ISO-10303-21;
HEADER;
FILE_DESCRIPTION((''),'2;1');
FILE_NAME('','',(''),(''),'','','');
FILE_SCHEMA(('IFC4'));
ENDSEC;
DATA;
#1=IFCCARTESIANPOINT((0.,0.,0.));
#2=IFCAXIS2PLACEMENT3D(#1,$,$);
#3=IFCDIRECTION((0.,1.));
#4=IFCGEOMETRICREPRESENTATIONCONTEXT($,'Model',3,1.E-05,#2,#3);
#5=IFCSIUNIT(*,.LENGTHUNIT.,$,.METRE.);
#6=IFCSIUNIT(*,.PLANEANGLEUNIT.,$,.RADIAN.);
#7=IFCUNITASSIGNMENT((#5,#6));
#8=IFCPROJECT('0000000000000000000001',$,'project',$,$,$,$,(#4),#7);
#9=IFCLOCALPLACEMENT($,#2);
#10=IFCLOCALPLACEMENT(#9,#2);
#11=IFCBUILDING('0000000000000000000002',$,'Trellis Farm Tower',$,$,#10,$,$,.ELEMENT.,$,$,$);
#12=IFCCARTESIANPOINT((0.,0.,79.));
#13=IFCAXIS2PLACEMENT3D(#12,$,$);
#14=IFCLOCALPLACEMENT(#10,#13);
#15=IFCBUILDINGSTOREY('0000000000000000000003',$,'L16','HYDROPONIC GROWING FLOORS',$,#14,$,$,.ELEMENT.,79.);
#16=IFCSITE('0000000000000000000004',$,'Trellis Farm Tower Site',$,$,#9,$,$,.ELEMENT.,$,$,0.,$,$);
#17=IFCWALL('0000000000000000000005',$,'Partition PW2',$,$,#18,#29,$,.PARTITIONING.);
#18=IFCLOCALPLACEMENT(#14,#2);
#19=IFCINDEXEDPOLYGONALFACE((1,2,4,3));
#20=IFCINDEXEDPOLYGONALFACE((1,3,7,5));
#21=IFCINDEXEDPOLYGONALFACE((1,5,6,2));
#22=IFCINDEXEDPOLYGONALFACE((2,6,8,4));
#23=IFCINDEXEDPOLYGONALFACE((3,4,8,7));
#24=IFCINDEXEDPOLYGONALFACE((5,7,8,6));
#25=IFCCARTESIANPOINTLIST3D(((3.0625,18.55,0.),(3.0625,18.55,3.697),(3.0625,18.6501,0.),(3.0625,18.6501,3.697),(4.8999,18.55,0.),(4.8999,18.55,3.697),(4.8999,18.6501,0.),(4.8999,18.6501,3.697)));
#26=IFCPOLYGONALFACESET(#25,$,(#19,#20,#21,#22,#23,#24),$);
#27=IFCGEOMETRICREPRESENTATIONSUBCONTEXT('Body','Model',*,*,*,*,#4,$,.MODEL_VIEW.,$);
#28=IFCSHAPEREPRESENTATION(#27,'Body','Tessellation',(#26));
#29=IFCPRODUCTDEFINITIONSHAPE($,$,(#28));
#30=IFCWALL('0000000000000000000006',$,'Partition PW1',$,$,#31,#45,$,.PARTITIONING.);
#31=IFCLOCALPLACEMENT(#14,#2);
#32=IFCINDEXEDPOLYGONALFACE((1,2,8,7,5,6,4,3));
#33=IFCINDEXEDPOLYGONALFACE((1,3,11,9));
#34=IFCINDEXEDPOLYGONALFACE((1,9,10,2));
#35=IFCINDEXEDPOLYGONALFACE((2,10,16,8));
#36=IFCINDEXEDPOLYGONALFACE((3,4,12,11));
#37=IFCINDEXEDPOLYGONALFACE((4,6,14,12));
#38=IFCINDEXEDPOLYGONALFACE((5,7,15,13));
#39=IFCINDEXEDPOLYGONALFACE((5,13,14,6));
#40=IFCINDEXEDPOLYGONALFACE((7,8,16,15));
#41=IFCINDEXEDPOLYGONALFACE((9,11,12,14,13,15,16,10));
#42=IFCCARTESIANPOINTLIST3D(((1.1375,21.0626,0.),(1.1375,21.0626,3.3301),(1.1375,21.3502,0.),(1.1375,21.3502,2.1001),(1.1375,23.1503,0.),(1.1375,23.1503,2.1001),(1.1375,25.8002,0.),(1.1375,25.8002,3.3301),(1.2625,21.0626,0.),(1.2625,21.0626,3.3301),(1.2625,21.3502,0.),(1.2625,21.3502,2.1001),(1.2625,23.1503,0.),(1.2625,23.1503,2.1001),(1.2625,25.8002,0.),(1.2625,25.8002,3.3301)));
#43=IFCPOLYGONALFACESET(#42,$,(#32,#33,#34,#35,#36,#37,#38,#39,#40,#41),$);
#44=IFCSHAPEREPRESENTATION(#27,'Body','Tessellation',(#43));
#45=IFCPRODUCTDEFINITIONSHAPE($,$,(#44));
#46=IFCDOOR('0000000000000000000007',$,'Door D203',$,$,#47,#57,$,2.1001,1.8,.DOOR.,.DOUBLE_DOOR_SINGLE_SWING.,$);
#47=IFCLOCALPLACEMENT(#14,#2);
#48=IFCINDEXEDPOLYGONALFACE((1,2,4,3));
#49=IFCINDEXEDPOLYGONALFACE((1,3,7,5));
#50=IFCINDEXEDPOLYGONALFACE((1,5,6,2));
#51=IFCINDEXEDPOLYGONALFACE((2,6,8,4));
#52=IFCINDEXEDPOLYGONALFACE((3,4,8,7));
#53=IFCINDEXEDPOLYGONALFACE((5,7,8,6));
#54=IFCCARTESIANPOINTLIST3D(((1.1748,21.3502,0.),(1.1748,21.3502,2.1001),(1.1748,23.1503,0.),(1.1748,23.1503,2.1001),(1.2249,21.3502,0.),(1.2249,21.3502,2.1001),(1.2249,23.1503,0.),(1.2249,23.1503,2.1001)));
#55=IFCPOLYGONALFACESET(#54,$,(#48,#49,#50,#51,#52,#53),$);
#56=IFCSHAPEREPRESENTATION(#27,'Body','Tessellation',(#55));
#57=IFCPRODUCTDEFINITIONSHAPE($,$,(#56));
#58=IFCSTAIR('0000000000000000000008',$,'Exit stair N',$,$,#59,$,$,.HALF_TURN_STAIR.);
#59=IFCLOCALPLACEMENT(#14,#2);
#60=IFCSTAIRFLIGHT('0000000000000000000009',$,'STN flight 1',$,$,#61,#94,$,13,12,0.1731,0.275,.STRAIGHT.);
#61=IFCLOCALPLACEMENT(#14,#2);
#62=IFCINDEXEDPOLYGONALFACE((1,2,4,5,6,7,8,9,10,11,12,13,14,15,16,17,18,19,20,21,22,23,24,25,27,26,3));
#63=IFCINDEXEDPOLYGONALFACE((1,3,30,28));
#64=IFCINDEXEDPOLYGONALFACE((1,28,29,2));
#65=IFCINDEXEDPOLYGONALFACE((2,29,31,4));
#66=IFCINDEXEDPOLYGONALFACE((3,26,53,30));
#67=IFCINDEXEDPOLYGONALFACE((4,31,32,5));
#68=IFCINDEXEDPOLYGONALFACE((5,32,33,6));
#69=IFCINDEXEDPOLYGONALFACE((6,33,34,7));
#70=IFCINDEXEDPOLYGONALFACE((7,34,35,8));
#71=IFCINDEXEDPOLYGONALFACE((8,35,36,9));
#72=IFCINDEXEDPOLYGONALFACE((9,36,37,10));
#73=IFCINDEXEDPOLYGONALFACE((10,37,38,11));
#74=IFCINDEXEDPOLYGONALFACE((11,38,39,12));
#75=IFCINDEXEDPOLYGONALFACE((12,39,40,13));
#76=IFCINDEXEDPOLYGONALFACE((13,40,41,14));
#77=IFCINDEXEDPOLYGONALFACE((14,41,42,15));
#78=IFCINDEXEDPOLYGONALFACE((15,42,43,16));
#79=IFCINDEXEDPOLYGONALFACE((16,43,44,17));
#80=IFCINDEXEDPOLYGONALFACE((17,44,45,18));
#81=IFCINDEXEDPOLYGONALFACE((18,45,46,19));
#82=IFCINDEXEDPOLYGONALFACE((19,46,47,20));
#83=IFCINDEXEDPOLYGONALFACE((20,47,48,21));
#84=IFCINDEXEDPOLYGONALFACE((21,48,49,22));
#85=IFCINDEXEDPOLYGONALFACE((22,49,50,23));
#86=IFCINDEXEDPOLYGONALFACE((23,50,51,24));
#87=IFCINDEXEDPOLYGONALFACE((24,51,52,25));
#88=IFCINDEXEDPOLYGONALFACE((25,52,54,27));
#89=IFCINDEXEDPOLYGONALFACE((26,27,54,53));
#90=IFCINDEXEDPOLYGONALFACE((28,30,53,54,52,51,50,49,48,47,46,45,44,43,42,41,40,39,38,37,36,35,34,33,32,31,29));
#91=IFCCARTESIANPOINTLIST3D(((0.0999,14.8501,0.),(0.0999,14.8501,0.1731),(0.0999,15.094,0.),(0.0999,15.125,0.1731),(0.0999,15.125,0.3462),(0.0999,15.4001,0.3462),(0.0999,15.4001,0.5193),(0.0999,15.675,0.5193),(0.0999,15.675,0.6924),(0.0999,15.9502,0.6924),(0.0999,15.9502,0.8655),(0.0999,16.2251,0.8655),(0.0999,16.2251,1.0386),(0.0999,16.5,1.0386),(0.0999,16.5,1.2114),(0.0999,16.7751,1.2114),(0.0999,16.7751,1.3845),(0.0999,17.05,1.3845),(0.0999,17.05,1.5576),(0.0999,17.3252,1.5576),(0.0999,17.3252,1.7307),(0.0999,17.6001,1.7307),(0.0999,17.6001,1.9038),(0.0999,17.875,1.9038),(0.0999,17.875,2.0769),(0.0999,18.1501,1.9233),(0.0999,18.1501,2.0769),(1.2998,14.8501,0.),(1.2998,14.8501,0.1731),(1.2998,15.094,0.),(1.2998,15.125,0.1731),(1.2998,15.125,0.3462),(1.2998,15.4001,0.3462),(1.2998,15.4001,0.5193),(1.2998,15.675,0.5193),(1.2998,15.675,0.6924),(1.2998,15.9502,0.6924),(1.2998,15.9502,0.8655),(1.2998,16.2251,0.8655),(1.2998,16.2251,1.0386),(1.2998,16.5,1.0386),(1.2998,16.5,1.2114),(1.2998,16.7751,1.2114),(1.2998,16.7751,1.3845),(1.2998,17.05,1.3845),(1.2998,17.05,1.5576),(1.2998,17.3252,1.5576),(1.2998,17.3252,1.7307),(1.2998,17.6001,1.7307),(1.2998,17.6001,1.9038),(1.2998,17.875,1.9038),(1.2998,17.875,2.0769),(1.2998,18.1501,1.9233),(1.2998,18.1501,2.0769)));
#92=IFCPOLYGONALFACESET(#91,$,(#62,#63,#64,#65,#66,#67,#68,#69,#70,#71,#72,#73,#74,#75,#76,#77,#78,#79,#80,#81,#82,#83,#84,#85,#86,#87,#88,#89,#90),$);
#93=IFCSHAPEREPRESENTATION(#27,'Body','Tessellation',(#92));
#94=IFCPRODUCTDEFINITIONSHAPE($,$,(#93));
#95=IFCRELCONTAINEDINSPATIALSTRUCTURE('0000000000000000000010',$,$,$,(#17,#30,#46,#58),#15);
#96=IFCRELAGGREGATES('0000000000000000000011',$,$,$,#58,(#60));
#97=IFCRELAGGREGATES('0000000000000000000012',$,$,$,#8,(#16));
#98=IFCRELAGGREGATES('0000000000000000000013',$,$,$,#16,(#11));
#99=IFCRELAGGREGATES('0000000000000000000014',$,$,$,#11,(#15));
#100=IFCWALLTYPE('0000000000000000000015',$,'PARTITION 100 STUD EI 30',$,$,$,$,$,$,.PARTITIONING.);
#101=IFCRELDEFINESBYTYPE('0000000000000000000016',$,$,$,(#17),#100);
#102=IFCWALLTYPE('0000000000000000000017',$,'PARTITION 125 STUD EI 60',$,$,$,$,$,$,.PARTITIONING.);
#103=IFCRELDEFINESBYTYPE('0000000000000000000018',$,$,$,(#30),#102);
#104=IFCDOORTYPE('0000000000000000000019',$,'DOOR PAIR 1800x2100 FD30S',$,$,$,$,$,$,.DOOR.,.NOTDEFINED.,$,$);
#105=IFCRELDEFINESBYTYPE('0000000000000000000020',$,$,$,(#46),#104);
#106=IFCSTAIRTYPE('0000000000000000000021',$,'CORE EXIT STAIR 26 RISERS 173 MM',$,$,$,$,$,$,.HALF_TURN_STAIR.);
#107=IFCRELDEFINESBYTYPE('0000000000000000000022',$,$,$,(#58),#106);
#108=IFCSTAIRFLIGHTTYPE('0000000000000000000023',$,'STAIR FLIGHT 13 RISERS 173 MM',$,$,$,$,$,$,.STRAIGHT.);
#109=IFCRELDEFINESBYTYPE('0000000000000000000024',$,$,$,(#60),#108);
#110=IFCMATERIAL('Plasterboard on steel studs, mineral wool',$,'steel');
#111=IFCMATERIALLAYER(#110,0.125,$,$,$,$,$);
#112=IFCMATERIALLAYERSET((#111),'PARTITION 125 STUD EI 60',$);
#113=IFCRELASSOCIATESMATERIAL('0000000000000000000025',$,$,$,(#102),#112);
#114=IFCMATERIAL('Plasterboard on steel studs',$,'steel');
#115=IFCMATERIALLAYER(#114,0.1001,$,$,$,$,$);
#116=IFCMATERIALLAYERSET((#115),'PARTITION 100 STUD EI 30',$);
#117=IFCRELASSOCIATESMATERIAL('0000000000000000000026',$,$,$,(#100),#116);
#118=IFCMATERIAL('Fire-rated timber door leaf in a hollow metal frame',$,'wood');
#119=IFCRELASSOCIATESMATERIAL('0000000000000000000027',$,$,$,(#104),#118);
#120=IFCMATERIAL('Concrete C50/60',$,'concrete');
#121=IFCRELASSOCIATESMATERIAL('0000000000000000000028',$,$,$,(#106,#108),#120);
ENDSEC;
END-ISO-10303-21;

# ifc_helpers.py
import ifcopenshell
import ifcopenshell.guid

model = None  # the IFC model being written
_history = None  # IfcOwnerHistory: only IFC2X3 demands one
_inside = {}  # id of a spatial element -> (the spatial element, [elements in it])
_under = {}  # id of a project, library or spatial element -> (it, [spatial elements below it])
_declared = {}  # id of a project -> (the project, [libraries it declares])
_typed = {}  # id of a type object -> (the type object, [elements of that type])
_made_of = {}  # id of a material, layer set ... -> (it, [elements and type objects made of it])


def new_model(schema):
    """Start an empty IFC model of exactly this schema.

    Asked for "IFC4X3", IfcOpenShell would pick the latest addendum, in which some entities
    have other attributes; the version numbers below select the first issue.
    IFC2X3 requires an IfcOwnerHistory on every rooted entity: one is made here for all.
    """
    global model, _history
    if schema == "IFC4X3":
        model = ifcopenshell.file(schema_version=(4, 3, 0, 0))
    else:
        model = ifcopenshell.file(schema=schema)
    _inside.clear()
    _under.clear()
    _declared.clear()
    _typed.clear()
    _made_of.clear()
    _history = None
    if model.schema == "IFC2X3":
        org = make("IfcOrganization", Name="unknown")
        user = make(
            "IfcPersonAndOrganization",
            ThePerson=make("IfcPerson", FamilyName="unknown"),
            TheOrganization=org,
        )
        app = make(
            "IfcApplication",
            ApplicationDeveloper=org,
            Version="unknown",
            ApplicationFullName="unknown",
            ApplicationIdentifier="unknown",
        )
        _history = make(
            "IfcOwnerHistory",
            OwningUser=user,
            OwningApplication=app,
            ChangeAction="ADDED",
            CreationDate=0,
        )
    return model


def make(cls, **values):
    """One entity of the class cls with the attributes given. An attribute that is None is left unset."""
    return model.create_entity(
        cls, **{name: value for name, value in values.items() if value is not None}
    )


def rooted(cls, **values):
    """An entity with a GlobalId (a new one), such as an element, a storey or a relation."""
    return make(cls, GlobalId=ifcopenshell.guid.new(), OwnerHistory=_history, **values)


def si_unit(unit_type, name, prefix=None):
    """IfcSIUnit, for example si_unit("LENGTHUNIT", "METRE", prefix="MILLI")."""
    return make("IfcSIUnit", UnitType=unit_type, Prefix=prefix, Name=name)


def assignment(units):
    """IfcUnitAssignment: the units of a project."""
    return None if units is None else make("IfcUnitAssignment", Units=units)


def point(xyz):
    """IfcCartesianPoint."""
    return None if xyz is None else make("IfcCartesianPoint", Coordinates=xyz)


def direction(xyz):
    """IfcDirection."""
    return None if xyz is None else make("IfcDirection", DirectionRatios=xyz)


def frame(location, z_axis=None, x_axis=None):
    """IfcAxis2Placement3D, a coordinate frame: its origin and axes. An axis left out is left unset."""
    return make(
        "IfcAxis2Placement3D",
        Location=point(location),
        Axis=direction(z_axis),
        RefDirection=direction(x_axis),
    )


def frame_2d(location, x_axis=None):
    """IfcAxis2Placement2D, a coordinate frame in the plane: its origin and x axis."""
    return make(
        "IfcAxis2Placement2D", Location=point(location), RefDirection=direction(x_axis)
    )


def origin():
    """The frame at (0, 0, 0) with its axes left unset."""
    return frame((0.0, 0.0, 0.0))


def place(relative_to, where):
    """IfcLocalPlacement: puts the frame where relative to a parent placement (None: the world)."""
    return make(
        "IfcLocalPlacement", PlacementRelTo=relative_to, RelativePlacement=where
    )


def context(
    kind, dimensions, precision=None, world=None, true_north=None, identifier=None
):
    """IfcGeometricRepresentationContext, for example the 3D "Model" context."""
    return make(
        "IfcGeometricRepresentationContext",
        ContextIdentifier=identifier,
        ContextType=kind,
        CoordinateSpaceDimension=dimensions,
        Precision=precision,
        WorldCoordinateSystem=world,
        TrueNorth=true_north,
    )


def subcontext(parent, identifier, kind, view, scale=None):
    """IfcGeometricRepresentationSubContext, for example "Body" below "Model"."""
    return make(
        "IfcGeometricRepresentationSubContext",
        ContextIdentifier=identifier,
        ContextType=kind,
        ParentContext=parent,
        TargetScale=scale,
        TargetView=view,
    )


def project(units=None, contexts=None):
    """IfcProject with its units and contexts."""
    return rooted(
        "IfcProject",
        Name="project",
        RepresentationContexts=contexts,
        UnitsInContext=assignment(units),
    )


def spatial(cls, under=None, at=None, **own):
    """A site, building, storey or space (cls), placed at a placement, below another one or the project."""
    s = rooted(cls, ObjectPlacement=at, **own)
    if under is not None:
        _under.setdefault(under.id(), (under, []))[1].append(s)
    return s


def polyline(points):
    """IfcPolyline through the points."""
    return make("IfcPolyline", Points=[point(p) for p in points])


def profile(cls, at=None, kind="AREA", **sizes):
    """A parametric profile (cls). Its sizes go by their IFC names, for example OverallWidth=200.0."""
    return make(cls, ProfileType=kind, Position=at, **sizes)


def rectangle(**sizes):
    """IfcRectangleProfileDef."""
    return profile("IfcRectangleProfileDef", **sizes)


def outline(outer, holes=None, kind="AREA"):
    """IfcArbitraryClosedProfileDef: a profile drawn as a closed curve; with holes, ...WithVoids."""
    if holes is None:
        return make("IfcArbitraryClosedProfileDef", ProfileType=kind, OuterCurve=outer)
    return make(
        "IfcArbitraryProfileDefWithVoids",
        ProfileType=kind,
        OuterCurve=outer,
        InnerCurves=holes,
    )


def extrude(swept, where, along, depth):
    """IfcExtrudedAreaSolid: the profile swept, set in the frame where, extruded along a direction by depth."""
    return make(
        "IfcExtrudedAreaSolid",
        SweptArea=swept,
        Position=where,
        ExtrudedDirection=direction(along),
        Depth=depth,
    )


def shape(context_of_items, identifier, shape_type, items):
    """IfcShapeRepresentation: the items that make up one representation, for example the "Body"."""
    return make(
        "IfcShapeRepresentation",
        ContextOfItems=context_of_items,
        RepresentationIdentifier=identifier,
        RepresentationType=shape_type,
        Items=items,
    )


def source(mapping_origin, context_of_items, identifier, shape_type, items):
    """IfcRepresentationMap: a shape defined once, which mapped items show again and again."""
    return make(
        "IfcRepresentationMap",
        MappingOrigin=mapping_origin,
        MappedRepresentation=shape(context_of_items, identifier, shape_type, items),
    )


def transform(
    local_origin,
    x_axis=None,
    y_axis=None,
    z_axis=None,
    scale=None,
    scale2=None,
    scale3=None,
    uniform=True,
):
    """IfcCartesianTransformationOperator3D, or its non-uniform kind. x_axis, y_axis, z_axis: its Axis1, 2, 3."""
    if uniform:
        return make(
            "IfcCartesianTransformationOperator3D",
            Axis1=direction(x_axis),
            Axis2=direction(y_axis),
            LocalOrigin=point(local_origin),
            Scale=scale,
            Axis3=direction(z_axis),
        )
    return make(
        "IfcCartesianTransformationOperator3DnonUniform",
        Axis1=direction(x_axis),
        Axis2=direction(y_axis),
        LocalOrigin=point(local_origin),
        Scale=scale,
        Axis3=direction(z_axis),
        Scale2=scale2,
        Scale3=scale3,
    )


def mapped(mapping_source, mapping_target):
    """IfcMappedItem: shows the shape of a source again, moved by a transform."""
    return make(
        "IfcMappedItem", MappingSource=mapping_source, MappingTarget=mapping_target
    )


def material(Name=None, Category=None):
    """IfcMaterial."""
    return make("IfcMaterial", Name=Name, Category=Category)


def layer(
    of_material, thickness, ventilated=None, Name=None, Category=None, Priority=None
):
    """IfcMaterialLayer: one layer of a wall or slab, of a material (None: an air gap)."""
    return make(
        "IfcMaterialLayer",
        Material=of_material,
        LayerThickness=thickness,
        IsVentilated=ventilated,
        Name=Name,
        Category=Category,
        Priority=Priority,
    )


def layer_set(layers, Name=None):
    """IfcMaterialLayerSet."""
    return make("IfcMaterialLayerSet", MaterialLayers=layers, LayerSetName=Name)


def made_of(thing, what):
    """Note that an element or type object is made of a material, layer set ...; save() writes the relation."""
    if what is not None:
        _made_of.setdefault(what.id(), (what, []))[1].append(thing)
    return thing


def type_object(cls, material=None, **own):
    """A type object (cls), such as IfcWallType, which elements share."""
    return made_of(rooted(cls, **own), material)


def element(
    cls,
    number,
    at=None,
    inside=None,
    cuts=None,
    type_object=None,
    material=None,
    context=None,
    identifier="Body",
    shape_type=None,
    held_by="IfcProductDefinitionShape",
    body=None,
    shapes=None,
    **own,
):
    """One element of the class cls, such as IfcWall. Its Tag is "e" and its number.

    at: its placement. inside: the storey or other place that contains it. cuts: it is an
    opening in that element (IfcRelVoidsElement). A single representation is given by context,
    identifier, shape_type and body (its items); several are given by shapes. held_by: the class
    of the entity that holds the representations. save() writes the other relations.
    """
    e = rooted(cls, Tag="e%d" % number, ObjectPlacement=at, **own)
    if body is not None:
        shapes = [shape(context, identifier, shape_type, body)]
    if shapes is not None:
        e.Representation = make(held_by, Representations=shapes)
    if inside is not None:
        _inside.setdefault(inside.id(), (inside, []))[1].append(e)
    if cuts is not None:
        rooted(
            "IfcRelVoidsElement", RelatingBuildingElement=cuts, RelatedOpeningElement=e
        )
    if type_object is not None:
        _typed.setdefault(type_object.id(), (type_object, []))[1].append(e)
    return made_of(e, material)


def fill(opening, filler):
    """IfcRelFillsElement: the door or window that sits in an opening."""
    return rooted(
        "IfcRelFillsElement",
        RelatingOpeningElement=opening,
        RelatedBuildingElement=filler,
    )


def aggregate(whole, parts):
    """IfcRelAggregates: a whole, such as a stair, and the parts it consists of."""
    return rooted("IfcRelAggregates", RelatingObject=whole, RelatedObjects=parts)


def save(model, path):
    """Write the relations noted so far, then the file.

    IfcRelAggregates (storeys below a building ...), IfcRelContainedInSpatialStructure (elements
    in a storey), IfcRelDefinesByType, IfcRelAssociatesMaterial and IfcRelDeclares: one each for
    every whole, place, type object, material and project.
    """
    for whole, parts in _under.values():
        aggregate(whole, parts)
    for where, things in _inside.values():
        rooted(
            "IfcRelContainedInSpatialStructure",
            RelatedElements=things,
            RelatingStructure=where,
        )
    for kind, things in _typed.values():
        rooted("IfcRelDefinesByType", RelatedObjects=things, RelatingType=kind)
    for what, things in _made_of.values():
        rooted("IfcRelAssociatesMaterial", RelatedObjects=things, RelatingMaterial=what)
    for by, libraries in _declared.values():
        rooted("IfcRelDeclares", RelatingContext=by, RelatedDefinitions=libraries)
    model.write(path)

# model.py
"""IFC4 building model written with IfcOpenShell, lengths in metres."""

from ifc_helpers import new_model, si_unit, direction, frame, frame_2d, origin, place, context, subcontext, project, spatial, polyline, rectangle, outline, extrude, source, transform, mapped, material, layer, layer_set, type_object, element, fill, aggregate, save


model = new_model("IFC4")

# Units and contexts
model_context = context("Model", 3, precision=1e-05, world=origin(), true_north=direction((0.0, 1.0)))
body_context = subcontext(model_context, "Body", "Model", "MODEL_VIEW")
ifc_project = project(units=[si_unit("LENGTHUNIT", "METRE"), si_unit("PLANEANGLEUNIT", "RADIAN")], contexts=[model_context])

# Site, building, storey
site_placement = place(None, origin())
site = spatial("IfcSite", under=ifc_project, at=site_placement, Name="Trellis Farm Tower Site", CompositionType="ELEMENT", RefElevation=0.0)
building_placement = place(site_placement, origin())
building = spatial("IfcBuilding", under=site, at=building_placement, Name="Trellis Farm Tower", CompositionType="ELEMENT")
storey_placement = place(building_placement, frame((0.0, 0.0, 79.0)))
storey = spatial("IfcBuildingStorey", under=building, at=storey_placement, Name="L16", Description="HYDROPONIC GROWING FLOORS", CompositionType="ELEMENT", Elevation=79.0)

# Shared definitions
placement = place(storey_placement, origin())

# Shared definitions
ifc_material_1 = material(Name="Plasterboard on steel studs, mineral wool", Category="steel")
ifc_layer_1 = layer(ifc_material_1, 0.125)
ifc_layer_set_1 = layer_set([ifc_layer_1], Name="PARTITION 125 STUD EI 60")
wall_type_1 = type_object("IfcWallType", Name="PARTITION 125 STUD EI 60", PredefinedType="PARTITIONING", material=ifc_layer_set_1)

# Shared definitions
ifc_material_2 = material(Name="Fire-rated timber door leaf in a hollow metal frame", Category="wood")

# Wall
ifc_material_3 = material(Name="Plasterboard on steel studs", Category="steel")
ifc_layer_2 = layer(ifc_material_3, 0.1001)
ifc_layer_set_2 = layer_set([ifc_layer_2], Name="PARTITION 100 STUD EI 30")
wall_type_2 = type_object("IfcWallType", Name="PARTITION 100 STUD EI 30", PredefinedType="PARTITIONING", material=ifc_layer_set_2)
shared_shape_1 = source(origin(), body_context, "Body", "SweptSolid", [
    extrude(rectangle(XDim=1.8374, YDim=0.1001, at=frame_2d((0.9187, 0.0))), origin(), (0.0, 0.0, 1.0), 3.697),
])
wall_1_placement = place(storey_placement, frame((3.0625, 18.6001, 0.0), z_axis=(0.0, 0.0, 1.0), x_axis=(1.0, 0.0, 0.0)))
element("IfcWall", 1, at=wall_1_placement, inside=storey, type_object=wall_type_2, Name="Partition PW2", PredefinedType="PARTITIONING", context=body_context, shape_type="MappedRepresentation", body=[
    mapped(shared_shape_1, transform((0.0, 0.0, 0.0))),
])

# Wall, opening, door
shared_shape_2 = source(origin(), body_context, "Body", "SweptSolid", [
    extrude(rectangle(XDim=4.7375, YDim=0.125, at=frame_2d((2.3687, 0.0))), origin(), (0.0, 0.0, 1.0), 3.3301),
])
wall_2_placement = place(storey_placement, frame((1.2, 25.8, 0.0), z_axis=(0.0, 0.0, 1.0), x_axis=(0.0, -1.0, 0.0)))
wall_2 = element("IfcWall", 2, at=wall_2_placement, inside=storey, type_object=wall_type_1, Name="Partition PW1", PredefinedType="PARTITIONING", context=body_context, shape_type="MappedRepresentation", body=[
    mapped(shared_shape_2, transform((0.0, 0.0, 0.0))),
])
shared_shape_3 = source(origin(), body_context, "Body", "SweptSolid", [
    extrude(rectangle(XDim=1.8, YDim=2.1001, at=frame_2d((0.8999, 1.05))), frame((0.0, 0.0725, 0.0), z_axis=(0.0, -1.0, 0.0), x_axis=(1.0, 0.0, 0.0)), (0.0, 0.0, 1.0), 0.145),
])
opening_1_placement = place(wall_2_placement, frame((2.6499, 0.0, 0.0)))
opening_1 = element("IfcOpeningElement", 3, at=opening_1_placement, cuts=wall_2, PredefinedType="OPENING", context=body_context, shape_type="MappedRepresentation", body=[
    mapped(shared_shape_3, transform((0.0, 0.0, 0.0))),
])
door_type_1 = type_object("IfcDoorType", Name="DOOR PAIR 1800x2100 FD30S", OperationType="NOTDEFINED", PredefinedType="DOOR", material=ifc_material_2)
shared_shape_4 = source(origin(), body_context, "Body", "SweptSolid", [
    extrude(rectangle(XDim=1.8, YDim=2.1001, at=frame_2d((0.8999, 1.05))), frame((0.0, 0.0249, 0.0), z_axis=(0.0, -1.0, 0.0), x_axis=(1.0, 0.0, 0.0)), (0.0, 0.0, 1.0), 0.05),
])
door_1_placement = place(opening_1_placement, origin())
door_1 = element("IfcDoor", 4, at=door_1_placement, inside=storey, type_object=door_type_1, Name="Door D203", OperationType="DOUBLE_DOOR_SINGLE_SWING", OverallHeight=2.1001, OverallWidth=1.8, PredefinedType="DOOR", context=body_context, shape_type="MappedRepresentation", body=[
    mapped(shared_shape_4, transform((0.0, 0.0, 0.0))),
])
fill(opening_1, door_1)

# Stair, stair flight
ifc_material_4 = material(Name="Concrete C50/60", Category="concrete")
stair_type = type_object("IfcStairType", Name="CORE EXIT STAIR 26 RISERS 173 MM", PredefinedType="HALF_TURN_STAIR", material=ifc_material_4)
stair = element("IfcStair", 5, at=placement, inside=storey, type_object=stair_type, Name="Exit stair N", PredefinedType="HALF_TURN_STAIR")
stair_flight_type = type_object("IfcStairFlightType", Name="STAIR FLIGHT 13 RISERS 173 MM", PredefinedType="STRAIGHT", material=ifc_material_4)
shared_shape_5 = source(origin(), body_context, "Body", "SweptSolid", [
    extrude(outline(polyline([(0.0, 0.0), (0.0, 0.1731), (0.2749, 0.1731), (0.2749, 0.3462), (0.55, 0.3462), (0.55, 0.5193), (0.825, 0.5193), (0.825, 0.6924), (1.1001, 0.6924), (1.1001, 0.8655), (1.375, 0.8655), (1.375, 1.0386), (1.6499, 1.0386), (1.6499, 1.2114), (1.925, 1.2114), (1.925, 1.3845), (2.2, 1.3845), (2.2, 1.5576), (2.4751, 1.5576), (2.4751, 1.7307), (2.75, 1.7307), (2.75, 1.9038), (3.0249, 1.9038), (3.0249, 2.0769), (3.3, 2.0769), (3.3, 2.25), (3.3, 1.9233), (0.2439, 0.0), (0.0, 0.0)])), frame((0.0, 0.6001, 0.0), z_axis=(0.0, -1.0, 0.0), x_axis=(1.0, 0.0, 0.0)), (0.0, 0.0, 1.0), 1.2),
])
stair_flight_placement = place(storey_placement, frame((0.7, 14.8501, 0.0), z_axis=(0.0, 0.0, 1.0), x_axis=(0.0, 1.0, 0.0)))
stair_flight = element("IfcStairFlight", 6, at=stair_flight_placement, type_object=stair_flight_type, Name="STN flight 1", NumberOfRisers=13, NumberOfTreads=12, PredefinedType="STRAIGHT", RiserHeight=0.1731, TreadLength=0.275, context=body_context, shape_type="MappedRepresentation", body=[
    mapped(shared_shape_5, transform((0.0, 0.0, 0.0))),
])
aggregate(stair, [stair_flight])

save(model, "model.ifc")
